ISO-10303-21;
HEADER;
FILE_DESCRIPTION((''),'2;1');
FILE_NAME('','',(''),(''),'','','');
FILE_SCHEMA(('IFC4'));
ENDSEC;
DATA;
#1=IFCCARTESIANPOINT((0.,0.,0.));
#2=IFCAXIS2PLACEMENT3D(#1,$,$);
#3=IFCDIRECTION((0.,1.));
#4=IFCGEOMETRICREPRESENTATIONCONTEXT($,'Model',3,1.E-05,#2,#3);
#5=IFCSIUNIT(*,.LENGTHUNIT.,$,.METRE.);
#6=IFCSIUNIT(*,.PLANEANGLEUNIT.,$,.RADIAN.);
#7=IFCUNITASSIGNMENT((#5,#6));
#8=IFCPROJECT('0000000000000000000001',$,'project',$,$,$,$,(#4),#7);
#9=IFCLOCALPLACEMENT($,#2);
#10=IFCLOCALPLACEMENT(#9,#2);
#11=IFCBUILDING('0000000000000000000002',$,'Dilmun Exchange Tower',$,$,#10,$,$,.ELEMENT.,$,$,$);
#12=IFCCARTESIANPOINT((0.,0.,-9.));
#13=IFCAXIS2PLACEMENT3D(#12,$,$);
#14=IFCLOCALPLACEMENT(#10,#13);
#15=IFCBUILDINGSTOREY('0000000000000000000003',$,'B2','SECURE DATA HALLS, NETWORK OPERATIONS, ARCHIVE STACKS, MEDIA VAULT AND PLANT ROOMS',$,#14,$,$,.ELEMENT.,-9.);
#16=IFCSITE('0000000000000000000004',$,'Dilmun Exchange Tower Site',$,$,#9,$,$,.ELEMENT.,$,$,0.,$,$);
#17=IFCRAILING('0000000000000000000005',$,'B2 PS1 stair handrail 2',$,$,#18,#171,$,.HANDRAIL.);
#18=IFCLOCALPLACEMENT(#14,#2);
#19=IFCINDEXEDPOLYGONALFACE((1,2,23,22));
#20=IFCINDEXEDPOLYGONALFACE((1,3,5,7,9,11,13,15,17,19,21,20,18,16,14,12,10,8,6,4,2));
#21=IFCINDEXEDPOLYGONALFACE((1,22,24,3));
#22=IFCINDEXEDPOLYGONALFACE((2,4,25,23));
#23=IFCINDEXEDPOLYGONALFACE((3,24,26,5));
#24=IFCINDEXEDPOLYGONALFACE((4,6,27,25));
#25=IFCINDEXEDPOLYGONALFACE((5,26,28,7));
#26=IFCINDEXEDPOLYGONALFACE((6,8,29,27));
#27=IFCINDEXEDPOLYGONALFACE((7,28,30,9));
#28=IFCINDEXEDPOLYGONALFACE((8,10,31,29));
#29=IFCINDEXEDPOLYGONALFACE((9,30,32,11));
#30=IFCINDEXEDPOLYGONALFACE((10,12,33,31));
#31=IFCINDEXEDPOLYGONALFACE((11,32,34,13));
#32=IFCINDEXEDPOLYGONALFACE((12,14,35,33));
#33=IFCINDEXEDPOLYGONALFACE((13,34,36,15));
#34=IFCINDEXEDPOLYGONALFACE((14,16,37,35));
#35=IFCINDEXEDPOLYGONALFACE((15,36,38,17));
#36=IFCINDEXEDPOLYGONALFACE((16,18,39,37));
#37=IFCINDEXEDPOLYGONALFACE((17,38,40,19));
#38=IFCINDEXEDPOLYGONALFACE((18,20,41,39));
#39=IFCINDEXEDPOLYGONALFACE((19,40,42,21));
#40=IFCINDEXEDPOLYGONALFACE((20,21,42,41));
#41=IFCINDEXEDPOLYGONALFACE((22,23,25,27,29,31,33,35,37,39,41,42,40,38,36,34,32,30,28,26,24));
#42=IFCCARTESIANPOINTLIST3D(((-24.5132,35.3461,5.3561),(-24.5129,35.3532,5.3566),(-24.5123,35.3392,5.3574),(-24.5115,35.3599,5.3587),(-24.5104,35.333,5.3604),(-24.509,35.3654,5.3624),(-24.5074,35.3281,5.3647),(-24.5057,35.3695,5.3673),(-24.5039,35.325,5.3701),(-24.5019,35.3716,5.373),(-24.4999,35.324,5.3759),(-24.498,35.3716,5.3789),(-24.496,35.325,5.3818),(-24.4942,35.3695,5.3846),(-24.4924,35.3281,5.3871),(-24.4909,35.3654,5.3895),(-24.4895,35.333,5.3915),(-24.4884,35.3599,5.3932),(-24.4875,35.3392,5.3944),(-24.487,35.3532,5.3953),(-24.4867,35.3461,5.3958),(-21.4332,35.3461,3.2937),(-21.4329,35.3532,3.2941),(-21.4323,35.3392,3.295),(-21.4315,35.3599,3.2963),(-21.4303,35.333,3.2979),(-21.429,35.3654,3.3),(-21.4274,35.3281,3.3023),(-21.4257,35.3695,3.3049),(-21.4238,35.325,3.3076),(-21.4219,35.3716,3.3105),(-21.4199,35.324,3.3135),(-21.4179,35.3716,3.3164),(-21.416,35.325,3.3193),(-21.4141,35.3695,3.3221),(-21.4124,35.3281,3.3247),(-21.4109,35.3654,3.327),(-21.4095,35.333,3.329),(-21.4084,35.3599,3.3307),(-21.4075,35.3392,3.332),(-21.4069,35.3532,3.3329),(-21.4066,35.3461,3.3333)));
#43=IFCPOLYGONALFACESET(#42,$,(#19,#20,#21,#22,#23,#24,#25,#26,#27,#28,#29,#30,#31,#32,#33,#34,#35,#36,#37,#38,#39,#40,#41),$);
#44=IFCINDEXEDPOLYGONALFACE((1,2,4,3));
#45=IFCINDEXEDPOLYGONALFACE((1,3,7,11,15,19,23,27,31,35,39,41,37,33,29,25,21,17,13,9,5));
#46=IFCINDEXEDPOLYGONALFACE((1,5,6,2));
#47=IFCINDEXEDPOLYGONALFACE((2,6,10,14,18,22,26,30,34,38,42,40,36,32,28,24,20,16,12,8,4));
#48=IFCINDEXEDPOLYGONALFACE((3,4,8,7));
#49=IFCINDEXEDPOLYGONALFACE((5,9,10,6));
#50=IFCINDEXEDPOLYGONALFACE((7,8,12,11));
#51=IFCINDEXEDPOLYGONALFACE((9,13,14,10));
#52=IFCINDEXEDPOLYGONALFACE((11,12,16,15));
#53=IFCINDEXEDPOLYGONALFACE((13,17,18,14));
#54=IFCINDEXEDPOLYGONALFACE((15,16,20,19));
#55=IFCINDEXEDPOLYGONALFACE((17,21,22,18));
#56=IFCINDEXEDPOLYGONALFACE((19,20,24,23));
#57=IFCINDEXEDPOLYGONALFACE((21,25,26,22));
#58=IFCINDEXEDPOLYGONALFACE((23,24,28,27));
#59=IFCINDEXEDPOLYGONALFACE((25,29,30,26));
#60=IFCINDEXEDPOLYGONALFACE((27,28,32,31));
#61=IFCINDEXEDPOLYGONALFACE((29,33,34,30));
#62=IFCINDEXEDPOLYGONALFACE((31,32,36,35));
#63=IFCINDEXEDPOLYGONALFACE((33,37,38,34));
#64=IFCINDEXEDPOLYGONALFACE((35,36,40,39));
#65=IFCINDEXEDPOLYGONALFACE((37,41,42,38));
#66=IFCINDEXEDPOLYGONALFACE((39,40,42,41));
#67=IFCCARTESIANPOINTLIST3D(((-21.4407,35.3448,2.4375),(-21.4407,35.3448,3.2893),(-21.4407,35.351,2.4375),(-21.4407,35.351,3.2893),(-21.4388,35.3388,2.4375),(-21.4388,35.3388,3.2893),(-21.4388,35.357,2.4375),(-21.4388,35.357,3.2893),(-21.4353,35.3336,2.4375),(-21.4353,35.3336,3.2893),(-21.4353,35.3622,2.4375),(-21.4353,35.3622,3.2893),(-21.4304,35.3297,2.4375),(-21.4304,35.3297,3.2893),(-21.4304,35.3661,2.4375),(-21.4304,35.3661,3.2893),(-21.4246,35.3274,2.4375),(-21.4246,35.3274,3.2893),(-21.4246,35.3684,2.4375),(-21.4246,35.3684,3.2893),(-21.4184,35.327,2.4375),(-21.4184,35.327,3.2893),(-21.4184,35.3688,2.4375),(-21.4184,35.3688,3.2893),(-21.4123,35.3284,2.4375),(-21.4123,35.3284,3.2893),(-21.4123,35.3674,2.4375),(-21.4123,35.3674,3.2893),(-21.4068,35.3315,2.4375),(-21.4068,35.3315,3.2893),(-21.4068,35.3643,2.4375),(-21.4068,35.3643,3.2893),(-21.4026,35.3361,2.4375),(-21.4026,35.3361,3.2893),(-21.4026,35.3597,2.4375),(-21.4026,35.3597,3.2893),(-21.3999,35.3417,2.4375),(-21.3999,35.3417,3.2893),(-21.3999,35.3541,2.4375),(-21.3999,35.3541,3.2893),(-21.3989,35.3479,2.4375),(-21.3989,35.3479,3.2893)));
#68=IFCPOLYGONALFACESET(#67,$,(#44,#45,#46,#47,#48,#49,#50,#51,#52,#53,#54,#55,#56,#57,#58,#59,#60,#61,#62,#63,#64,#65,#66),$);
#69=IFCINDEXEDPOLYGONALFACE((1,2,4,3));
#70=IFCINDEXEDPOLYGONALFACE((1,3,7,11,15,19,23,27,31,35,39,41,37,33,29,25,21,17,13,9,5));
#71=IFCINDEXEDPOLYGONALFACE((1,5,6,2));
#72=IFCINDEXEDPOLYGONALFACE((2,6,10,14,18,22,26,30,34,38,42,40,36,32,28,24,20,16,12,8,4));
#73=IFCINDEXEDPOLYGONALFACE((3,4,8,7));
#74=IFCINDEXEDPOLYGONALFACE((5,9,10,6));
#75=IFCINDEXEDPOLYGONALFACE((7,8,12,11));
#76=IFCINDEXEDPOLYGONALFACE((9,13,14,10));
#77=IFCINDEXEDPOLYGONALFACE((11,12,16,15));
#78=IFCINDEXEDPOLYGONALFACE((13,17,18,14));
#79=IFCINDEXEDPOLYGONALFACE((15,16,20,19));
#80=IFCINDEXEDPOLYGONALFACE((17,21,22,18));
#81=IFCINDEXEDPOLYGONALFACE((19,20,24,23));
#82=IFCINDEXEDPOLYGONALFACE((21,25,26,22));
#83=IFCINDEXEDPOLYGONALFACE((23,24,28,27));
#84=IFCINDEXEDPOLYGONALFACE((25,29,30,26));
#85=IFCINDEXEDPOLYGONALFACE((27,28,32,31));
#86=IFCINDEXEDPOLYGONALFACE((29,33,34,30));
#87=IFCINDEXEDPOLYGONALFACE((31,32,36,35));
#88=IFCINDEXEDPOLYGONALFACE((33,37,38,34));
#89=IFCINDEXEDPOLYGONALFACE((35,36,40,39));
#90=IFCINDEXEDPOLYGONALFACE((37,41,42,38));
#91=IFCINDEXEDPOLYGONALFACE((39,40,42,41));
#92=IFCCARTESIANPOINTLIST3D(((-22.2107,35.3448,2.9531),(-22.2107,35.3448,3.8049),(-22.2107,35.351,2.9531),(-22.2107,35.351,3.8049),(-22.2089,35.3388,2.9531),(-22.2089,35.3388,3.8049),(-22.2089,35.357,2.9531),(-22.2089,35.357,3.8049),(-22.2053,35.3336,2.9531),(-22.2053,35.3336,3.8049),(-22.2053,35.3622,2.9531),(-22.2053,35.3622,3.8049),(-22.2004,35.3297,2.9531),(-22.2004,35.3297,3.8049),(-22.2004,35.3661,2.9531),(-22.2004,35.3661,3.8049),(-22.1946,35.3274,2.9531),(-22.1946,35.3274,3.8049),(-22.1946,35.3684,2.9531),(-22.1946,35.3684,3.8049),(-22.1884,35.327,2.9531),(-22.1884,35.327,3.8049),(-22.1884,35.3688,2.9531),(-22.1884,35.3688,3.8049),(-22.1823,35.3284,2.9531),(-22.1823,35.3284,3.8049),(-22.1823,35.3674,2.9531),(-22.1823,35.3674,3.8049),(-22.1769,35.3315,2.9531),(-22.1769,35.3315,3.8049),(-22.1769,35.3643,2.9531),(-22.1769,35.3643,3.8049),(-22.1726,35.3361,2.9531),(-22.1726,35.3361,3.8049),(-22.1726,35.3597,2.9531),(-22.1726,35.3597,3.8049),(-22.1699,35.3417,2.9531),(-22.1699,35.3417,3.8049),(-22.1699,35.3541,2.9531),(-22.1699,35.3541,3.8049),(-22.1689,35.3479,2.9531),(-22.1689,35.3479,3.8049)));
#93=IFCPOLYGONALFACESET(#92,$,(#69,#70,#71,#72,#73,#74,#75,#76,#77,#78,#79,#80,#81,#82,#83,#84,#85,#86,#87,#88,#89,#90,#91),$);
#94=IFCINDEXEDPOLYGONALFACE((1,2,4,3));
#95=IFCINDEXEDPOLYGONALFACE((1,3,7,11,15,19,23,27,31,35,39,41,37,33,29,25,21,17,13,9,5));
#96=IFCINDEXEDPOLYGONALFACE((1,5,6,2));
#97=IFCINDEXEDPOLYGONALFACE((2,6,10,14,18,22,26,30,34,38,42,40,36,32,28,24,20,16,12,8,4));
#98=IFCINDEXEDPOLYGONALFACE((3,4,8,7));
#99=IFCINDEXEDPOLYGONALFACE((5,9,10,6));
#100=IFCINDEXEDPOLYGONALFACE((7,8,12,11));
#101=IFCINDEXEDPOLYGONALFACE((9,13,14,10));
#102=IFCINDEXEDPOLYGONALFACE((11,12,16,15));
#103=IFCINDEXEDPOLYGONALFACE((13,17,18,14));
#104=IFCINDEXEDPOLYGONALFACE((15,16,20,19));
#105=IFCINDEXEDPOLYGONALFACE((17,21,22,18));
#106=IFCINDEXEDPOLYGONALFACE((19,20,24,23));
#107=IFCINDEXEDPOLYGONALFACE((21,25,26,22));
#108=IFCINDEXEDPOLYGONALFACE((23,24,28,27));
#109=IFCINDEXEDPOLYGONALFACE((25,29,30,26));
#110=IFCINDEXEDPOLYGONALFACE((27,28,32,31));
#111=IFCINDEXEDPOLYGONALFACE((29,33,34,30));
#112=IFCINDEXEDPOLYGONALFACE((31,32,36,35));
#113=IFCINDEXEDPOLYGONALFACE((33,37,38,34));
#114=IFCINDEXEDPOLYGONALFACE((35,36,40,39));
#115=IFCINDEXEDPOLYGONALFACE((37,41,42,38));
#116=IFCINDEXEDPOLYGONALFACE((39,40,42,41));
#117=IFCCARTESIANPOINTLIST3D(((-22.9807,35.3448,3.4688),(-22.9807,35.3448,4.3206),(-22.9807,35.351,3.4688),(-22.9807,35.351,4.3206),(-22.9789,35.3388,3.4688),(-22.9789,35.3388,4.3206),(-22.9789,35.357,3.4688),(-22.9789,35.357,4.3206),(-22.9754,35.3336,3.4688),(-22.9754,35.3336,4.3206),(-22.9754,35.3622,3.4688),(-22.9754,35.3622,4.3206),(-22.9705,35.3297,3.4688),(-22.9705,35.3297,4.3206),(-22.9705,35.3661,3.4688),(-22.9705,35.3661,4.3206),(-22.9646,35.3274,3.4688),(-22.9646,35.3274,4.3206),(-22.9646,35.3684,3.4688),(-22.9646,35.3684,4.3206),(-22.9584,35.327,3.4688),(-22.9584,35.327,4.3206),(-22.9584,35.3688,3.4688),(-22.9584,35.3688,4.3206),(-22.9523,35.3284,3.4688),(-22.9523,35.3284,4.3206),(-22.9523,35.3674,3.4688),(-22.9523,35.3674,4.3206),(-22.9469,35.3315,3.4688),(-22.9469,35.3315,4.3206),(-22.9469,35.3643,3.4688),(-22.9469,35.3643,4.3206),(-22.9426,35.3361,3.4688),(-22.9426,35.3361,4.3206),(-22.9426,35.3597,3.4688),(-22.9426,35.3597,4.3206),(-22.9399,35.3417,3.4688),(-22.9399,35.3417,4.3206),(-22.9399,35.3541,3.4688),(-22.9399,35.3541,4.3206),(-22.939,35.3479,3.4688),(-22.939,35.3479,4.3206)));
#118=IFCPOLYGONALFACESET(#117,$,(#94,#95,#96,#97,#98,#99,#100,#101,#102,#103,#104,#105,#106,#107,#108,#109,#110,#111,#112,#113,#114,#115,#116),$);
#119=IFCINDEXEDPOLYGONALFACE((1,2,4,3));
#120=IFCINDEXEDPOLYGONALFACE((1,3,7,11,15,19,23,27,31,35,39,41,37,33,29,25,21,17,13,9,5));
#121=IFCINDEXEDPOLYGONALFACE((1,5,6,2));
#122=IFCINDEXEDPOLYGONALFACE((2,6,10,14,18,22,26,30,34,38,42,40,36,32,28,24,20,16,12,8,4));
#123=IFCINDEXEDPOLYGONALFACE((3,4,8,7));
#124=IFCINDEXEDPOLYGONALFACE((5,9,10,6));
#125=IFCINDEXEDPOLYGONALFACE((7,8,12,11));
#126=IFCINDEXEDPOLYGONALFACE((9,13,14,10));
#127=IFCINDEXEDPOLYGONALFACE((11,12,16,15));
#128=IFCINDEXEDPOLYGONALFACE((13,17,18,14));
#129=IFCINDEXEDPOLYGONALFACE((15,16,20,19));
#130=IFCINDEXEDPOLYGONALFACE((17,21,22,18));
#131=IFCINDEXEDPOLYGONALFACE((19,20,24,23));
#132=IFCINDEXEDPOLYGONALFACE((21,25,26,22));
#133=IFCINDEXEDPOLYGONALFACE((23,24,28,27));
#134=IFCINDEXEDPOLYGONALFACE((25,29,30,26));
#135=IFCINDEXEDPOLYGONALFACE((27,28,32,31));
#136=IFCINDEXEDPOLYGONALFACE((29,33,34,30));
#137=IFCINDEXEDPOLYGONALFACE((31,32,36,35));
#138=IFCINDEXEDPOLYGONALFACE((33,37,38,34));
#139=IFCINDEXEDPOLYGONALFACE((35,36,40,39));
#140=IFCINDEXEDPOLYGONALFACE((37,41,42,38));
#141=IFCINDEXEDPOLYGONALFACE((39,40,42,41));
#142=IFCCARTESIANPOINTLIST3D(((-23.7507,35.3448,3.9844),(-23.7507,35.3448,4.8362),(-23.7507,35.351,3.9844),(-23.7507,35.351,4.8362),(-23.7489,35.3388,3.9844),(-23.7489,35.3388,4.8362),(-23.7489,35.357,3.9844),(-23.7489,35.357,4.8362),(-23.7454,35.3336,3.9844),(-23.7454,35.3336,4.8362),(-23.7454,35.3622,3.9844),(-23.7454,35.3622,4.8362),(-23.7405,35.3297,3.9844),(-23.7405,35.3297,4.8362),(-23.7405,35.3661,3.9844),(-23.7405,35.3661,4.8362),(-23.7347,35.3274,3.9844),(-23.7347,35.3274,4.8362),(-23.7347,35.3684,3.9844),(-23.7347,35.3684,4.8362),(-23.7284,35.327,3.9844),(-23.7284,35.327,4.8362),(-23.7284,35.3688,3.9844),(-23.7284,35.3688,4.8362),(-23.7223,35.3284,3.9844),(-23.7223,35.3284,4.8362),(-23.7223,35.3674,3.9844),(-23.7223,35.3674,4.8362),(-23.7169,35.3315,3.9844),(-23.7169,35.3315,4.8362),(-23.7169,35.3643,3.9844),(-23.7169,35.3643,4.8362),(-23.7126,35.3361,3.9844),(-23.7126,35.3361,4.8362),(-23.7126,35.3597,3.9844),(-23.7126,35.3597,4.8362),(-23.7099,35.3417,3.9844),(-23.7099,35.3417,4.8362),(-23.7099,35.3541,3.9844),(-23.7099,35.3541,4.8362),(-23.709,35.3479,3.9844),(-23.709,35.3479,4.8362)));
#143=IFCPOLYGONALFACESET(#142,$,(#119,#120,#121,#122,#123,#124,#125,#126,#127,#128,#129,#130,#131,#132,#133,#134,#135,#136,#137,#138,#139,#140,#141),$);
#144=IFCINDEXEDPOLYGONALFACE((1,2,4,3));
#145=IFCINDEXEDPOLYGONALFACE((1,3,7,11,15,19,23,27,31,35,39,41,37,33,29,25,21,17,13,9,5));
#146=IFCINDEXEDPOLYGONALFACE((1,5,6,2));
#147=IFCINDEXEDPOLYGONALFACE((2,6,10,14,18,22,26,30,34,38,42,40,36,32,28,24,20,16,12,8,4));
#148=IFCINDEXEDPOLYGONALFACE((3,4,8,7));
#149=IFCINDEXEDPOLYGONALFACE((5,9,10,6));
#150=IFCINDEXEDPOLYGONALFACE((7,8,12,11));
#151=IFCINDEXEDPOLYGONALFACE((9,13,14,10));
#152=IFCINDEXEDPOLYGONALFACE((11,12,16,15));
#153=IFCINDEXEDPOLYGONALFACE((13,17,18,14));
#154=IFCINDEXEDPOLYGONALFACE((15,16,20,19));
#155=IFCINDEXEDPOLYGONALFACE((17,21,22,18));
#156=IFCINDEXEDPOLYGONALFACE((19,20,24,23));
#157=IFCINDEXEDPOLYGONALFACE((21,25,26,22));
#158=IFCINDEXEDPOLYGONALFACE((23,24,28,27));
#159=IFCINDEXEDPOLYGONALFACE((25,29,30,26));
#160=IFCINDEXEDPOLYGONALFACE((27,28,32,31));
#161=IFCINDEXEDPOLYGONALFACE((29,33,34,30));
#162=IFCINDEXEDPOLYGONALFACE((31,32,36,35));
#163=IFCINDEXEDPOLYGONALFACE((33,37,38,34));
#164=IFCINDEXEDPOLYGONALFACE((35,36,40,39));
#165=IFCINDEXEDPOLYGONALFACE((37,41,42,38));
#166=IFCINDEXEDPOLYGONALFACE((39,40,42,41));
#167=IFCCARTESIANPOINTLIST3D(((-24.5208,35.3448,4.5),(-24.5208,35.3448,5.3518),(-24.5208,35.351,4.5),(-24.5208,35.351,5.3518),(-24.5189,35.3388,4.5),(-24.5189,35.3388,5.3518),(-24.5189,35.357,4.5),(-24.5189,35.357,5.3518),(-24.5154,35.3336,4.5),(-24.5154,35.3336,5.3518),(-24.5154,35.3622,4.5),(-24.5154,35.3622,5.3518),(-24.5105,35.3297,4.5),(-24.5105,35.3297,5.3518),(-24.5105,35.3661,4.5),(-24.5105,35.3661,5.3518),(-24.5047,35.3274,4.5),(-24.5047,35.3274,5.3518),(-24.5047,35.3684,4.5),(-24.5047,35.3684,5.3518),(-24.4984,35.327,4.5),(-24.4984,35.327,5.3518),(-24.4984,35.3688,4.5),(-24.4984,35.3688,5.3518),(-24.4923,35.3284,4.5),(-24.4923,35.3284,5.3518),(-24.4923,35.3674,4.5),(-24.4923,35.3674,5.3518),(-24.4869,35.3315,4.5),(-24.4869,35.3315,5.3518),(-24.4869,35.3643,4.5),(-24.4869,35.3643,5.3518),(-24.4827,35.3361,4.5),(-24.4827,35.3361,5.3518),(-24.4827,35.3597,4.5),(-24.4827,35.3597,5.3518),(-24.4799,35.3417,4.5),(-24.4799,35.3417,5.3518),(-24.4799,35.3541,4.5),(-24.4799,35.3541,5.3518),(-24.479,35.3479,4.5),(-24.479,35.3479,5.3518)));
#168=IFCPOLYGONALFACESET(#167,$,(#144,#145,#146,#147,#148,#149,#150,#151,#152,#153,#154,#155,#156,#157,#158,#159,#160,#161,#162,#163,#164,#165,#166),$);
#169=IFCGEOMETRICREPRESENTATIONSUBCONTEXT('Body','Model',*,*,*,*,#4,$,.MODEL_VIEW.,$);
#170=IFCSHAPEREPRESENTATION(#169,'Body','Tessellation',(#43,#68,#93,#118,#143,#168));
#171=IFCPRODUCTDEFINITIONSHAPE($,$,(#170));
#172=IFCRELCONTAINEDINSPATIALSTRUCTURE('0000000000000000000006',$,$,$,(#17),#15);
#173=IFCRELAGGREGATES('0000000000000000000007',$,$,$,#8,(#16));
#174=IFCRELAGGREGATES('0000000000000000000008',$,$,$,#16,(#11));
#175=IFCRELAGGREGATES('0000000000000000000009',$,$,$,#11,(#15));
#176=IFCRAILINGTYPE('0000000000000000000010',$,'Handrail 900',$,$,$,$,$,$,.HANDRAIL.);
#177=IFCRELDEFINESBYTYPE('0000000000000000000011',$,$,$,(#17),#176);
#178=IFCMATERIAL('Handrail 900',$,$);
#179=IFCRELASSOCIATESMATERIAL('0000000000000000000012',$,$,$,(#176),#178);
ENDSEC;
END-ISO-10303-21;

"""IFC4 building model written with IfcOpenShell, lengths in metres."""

from ifc_helpers import new_model, si_unit, direction, frame, origin, origin_2d, place, context, subcontext, project, spatial, circle, extrude, material, type_object, element, save


model = new_model("IFC4")

# Units and contexts
model_context = context("Model", 3, precision=1e-05, world=origin(), true_north=direction((0.0, 1.0)))
body_context = subcontext(model_context, "Body", "Model", "MODEL_VIEW")
ifc_project = project(units=[si_unit("LENGTHUNIT", "METRE"), si_unit("PLANEANGLEUNIT", "RADIAN")], contexts=[model_context])

# Site, building, storey
site_placement = place(None, origin())
site = spatial("IfcSite", under=ifc_project, at=site_placement, Name="Dilmun Exchange Tower Site", CompositionType="ELEMENT", RefElevation=0.0)
building_placement = place(site_placement, origin())
building = spatial("IfcBuilding", under=site, at=building_placement, Name="Dilmun Exchange Tower", CompositionType="ELEMENT")
storey_placement = place(building_placement, frame((0.0, 0.0, -9.0)))
storey = spatial("IfcBuildingStorey", under=building, at=storey_placement, Name="B2", Description="SECURE DATA HALLS, NETWORK OPERATIONS, ARCHIVE STACKS, MEDIA VAULT AND PLANT ROOMS", CompositionType="ELEMENT", Elevation=-9.0)

# Railing
ifc_material_1 = material(Name="Handrail 900")
railing_type_1 = type_object("IfcRailingType", Name="Handrail 900", PredefinedType="HANDRAIL", material=ifc_material_1)
railing_1_placement = place(storey_placement, frame((-21.4199, 35.3479, 2.4375)))
element("IfcRailing", 1, at=railing_1_placement, inside=storey, type_object=railing_type_1, Name="B2 PS1 stair handrail 2", PredefinedType="HANDRAIL", context=body_context, shape_type="SweptSolid", body=[
    extrude(circle(Radius=0.0239, at=origin_2d()), frame((0.0, 0.0, 0.876), z_axis=(-0.830914, 0.0, 0.556401), x_axis=(0.0, -1.0, 0.0)), (0.0, 0.0, 1.0), 3.7068),
    extrude(circle(Radius=0.021, at=origin_2d()), origin(), (0.0, 0.0, 1.0), 0.8518),
    extrude(circle(Radius=0.021, at=origin_2d()), frame((-0.77, 0.0, 0.5156)), (0.0, 0.0, 1.0), 0.8518),
    extrude(circle(Radius=0.021, at=origin_2d()), frame((-1.54, 0.0, 1.0312)), (0.0, 0.0, 1.0), 0.8518),
    extrude(circle(Radius=0.021, at=origin_2d()), frame((-2.3101, 0.0, 1.5469)), (0.0, 0.0, 1.0), 0.8518),
    extrude(circle(Radius=0.021, at=origin_2d()), frame((-3.0801, 0.0, 2.0625)), (0.0, 0.0, 1.0), 0.8518),
])

save(model, "model.ifc")
